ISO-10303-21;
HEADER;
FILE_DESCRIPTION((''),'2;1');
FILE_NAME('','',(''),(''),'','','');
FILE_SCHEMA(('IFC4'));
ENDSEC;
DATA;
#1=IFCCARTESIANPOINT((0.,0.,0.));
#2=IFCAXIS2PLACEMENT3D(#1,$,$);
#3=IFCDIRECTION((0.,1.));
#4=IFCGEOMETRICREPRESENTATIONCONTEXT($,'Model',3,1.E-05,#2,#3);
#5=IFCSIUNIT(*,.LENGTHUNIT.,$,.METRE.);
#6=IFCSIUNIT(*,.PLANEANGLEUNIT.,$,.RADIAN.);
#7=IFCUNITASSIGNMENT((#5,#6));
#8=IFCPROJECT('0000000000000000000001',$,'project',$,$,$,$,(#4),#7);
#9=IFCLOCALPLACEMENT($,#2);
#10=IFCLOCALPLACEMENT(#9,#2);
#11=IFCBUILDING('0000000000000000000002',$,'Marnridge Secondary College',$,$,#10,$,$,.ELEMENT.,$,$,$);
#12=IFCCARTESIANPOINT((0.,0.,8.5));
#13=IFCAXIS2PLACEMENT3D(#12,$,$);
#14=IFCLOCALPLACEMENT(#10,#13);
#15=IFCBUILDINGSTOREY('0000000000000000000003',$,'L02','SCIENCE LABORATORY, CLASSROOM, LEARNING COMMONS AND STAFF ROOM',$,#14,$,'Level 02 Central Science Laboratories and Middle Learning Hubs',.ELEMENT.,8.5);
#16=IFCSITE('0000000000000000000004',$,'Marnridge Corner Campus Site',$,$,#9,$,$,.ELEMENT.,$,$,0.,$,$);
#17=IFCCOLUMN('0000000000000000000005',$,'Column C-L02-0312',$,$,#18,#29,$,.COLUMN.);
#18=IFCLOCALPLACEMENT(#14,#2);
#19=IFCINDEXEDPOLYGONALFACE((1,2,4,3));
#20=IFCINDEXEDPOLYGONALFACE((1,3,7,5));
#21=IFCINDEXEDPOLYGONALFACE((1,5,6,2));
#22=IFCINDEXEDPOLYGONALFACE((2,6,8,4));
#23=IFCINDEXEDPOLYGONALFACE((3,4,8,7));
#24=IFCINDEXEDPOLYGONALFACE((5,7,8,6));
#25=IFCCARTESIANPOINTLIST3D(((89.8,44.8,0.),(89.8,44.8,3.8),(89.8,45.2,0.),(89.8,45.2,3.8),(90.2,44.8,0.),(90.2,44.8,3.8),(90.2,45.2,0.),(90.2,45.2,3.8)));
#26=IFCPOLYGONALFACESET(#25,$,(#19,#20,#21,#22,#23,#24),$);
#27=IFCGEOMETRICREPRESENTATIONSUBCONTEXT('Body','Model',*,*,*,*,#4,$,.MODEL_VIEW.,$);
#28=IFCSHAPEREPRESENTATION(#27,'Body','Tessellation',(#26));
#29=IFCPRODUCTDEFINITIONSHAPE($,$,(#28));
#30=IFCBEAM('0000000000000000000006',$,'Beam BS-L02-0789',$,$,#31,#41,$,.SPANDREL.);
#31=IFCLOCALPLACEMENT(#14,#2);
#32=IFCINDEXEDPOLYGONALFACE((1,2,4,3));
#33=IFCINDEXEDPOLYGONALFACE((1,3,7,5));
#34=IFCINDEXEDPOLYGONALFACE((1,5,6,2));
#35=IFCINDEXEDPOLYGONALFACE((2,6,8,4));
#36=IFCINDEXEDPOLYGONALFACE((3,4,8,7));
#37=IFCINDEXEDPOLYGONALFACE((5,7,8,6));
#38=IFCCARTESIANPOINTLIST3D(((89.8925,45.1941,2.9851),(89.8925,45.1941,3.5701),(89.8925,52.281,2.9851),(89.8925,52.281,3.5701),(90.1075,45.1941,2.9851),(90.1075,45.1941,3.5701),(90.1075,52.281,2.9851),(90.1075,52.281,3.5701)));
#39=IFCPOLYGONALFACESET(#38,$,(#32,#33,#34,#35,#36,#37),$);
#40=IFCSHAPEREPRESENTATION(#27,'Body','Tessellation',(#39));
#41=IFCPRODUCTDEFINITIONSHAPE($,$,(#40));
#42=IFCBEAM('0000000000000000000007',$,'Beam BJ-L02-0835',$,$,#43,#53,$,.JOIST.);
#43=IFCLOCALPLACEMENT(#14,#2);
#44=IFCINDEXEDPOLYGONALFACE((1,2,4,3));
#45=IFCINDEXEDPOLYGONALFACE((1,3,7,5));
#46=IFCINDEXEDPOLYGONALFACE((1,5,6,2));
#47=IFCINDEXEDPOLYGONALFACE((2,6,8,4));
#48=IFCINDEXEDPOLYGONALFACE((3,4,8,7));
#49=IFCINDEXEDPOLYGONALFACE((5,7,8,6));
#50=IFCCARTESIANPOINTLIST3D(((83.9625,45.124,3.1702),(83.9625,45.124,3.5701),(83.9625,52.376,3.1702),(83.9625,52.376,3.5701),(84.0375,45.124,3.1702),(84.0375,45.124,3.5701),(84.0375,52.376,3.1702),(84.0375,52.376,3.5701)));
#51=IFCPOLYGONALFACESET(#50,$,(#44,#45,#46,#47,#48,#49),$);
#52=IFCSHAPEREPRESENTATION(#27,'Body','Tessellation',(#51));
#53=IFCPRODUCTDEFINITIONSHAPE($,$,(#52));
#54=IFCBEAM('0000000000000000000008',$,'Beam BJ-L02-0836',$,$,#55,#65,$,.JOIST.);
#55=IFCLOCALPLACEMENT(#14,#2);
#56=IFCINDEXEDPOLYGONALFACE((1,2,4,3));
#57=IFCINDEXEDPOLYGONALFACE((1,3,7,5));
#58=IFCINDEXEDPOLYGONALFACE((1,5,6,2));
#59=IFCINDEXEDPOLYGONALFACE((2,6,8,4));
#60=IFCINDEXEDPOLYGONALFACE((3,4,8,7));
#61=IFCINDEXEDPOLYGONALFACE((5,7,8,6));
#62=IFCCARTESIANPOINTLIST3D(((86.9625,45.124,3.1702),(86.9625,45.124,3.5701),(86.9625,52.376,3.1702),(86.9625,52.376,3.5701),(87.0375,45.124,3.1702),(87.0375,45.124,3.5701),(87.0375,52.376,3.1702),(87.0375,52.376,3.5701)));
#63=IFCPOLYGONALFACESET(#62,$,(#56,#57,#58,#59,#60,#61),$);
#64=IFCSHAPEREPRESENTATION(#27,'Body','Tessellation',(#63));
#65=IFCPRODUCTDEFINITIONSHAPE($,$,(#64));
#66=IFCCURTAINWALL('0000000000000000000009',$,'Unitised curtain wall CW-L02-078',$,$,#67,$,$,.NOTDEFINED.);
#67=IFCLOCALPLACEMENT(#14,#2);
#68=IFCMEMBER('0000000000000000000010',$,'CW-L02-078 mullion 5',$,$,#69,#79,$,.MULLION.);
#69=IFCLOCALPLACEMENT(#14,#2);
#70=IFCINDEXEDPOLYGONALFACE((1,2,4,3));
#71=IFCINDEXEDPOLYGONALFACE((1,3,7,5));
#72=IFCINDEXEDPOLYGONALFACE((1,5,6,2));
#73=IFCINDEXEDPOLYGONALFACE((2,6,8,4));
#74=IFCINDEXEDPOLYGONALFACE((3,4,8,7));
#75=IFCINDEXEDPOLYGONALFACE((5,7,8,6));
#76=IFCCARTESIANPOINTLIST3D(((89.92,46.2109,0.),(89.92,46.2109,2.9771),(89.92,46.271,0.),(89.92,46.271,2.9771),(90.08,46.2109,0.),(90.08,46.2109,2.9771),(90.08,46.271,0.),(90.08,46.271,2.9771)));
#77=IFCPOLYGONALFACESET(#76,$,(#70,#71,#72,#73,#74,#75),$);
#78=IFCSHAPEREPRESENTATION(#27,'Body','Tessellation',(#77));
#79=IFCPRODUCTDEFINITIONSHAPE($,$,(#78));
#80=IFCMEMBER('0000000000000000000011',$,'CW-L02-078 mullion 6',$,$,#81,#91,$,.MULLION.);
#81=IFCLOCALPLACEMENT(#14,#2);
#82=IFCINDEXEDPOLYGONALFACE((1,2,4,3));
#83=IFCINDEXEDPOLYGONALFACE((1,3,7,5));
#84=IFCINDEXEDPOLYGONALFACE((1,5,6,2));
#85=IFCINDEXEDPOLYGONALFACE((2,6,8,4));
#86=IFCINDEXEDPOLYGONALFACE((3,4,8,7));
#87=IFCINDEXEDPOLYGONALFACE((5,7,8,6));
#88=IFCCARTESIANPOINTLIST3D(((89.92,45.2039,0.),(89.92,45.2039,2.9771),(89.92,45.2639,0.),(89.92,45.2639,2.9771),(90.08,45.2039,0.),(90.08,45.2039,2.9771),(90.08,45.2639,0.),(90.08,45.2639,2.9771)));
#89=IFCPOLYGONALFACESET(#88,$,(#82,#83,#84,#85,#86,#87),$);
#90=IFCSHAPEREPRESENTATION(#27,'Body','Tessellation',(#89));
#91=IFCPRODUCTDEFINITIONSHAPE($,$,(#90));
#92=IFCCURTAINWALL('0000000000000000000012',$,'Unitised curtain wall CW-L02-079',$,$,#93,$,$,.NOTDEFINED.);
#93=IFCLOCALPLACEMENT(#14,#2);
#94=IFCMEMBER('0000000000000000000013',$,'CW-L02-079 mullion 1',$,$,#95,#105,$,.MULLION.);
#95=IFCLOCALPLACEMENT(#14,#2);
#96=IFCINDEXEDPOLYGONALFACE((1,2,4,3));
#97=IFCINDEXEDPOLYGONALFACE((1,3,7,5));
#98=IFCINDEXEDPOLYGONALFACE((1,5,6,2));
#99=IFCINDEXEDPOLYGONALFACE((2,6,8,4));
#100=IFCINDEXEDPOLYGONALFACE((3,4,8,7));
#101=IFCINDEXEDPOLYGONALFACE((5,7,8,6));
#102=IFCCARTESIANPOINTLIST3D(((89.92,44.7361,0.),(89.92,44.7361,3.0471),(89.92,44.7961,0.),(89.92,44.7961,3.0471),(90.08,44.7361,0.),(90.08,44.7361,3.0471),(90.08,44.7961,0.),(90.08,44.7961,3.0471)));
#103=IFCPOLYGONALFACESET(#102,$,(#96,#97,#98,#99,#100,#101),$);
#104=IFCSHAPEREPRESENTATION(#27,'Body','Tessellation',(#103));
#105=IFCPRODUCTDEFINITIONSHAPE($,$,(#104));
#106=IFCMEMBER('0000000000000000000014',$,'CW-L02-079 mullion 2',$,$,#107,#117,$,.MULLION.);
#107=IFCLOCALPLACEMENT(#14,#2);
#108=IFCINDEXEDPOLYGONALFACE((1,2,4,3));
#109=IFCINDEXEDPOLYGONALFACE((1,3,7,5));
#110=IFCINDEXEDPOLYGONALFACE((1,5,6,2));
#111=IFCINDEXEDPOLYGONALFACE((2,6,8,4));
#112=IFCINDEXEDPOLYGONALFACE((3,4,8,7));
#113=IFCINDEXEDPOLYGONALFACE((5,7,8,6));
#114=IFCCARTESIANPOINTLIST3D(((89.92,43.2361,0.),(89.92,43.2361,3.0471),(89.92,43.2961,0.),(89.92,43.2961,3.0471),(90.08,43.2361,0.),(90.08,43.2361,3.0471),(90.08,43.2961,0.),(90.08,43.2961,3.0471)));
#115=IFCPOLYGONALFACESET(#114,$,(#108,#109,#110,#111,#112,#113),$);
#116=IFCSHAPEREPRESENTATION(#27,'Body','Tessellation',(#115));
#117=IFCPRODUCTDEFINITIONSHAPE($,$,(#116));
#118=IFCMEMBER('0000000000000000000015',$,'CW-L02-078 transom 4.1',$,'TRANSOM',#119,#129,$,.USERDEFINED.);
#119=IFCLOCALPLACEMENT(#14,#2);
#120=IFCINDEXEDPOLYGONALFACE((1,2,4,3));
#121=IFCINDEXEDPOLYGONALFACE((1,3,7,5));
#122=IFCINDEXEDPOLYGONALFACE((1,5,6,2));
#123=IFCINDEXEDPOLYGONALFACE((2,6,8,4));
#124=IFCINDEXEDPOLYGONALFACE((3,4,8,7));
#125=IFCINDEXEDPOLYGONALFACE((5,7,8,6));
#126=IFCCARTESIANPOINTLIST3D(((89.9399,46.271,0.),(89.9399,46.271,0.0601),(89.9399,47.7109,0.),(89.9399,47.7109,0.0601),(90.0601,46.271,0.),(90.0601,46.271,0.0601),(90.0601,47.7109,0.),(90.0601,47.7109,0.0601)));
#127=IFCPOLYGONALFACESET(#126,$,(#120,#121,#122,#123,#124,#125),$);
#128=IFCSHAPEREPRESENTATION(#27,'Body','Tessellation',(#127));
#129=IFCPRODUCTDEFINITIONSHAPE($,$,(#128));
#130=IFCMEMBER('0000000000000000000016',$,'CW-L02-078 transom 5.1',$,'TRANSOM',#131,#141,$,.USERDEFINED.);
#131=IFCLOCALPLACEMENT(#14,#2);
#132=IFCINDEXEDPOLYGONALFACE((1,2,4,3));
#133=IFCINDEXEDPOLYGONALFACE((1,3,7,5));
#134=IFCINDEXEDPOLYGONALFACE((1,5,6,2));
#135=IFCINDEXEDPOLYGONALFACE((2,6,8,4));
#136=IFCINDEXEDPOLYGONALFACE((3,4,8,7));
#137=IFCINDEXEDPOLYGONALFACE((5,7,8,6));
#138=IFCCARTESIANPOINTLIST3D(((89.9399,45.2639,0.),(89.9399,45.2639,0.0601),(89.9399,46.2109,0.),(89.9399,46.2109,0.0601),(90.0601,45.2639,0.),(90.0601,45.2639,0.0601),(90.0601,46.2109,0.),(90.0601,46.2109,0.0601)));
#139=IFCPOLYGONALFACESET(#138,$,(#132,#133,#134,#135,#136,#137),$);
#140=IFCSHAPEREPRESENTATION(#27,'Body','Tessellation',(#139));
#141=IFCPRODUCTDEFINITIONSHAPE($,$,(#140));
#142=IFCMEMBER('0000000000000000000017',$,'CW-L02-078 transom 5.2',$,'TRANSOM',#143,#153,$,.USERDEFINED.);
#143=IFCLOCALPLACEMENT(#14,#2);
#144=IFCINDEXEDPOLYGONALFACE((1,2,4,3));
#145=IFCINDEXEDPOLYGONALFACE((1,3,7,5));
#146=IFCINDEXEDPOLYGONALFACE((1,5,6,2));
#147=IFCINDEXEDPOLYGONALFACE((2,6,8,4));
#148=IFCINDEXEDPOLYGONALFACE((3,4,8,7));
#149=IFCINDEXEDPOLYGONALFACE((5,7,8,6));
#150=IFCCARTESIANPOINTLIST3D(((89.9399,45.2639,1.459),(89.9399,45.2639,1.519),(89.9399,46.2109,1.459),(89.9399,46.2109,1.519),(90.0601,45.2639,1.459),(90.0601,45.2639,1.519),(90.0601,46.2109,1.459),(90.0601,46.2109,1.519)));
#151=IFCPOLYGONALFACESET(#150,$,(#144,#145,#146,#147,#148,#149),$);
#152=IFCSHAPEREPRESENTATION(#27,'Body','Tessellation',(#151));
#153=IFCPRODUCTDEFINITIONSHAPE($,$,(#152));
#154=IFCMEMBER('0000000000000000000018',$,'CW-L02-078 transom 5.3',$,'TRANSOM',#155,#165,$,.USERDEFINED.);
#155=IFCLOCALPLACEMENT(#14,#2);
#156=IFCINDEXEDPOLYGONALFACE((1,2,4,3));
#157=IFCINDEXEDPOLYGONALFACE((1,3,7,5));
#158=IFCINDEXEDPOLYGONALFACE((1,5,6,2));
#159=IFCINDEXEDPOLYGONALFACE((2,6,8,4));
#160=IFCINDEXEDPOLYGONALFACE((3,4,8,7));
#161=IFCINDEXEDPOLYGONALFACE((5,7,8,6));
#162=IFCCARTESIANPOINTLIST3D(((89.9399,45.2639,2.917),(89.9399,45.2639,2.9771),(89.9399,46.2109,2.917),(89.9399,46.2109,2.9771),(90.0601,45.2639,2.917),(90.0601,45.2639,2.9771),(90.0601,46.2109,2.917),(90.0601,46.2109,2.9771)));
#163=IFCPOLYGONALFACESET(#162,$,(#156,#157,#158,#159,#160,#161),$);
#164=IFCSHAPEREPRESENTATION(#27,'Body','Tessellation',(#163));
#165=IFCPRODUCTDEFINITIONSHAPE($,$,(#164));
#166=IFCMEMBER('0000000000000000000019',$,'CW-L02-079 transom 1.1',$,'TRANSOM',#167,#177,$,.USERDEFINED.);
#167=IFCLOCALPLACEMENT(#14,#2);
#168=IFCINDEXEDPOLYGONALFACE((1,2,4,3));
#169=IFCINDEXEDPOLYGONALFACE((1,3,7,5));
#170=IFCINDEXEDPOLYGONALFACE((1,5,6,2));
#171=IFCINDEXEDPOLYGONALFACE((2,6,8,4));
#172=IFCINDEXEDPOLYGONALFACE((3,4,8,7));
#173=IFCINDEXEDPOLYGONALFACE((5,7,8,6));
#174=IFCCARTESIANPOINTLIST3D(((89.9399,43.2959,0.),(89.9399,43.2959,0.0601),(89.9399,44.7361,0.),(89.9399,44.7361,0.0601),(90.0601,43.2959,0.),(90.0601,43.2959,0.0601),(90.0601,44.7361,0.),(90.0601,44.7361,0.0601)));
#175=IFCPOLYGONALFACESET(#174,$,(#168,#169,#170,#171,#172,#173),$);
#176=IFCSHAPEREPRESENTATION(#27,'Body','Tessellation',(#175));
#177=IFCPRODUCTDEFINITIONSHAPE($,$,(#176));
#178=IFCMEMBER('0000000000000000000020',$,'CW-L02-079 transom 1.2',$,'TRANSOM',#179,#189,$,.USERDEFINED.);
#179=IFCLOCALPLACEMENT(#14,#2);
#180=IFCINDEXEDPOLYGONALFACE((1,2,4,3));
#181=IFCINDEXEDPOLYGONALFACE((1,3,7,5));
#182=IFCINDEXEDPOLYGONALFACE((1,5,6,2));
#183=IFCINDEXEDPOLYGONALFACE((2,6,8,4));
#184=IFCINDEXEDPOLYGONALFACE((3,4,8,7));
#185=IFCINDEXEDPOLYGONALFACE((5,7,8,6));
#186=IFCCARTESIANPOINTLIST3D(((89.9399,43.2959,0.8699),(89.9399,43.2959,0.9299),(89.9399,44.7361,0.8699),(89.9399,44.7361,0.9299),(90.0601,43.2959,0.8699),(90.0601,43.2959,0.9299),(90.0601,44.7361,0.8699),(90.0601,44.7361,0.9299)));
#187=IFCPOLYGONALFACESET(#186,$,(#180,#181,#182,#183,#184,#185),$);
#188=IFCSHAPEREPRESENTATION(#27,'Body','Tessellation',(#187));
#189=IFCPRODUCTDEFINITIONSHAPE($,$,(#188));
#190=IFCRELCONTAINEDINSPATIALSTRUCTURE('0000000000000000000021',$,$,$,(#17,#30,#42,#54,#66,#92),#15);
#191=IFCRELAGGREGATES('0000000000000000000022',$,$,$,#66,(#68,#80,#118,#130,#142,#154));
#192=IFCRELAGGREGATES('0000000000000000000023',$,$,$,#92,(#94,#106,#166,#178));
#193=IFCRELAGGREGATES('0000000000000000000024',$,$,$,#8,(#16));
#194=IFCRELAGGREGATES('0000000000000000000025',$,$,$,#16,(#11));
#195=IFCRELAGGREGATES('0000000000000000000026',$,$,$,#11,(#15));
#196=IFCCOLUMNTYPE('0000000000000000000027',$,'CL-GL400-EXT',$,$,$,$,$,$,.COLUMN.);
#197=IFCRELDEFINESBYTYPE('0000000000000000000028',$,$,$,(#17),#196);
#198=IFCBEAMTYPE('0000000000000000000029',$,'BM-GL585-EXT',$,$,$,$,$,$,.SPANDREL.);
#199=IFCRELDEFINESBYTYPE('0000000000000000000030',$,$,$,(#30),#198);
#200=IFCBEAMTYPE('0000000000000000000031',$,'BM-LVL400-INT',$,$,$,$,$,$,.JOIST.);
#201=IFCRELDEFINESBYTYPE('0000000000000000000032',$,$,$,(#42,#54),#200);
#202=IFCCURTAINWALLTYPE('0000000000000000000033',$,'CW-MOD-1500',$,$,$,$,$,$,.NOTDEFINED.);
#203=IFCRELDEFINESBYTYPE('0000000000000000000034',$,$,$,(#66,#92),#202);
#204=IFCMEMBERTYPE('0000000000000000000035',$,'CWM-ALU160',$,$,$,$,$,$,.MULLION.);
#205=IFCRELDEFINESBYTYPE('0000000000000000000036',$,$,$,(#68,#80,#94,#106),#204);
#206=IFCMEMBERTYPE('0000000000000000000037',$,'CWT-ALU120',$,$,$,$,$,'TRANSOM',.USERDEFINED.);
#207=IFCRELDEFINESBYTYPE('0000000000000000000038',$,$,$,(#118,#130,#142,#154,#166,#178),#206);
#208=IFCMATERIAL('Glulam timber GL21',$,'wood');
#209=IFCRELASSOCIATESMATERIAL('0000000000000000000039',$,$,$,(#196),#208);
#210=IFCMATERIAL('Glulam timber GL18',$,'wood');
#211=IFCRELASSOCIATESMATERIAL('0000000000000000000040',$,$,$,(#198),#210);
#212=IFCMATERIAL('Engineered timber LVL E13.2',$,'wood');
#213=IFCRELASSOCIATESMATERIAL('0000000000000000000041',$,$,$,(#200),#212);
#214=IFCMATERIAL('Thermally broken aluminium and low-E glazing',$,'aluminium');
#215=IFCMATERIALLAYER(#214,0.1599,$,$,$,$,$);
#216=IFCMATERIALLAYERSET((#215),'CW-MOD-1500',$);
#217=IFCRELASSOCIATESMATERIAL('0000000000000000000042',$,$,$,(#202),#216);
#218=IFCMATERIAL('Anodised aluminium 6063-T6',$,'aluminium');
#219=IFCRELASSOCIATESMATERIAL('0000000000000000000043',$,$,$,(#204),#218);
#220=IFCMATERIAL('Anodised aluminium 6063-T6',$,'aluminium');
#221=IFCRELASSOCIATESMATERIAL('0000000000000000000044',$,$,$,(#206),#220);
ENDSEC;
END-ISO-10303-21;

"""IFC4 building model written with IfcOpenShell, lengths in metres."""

from ifc_helpers import new_model, si_unit, direction, frame, origin, origin_2d, place, context, subcontext, project, spatial, rectangle, extrude, material, layer, layer_set, material_profile, profile_set, type_object, element, aggregate, save


model = new_model("IFC4")

# Units and contexts
model_context = context("Model", 3, precision=1e-05, world=origin(), true_north=direction((0.0, 1.0)))
body_context = subcontext(model_context, "Body", "Model", "MODEL_VIEW")
ifc_project = project(units=[si_unit("LENGTHUNIT", "METRE"), si_unit("PLANEANGLEUNIT", "RADIAN")], contexts=[model_context])

# Site, building, storey
site_placement = place(None, origin())
site = spatial("IfcSite", under=ifc_project, at=site_placement, Name="Marnridge Corner Campus Site", CompositionType="ELEMENT", RefElevation=0.0)
building_placement = place(site_placement, origin())
building = spatial("IfcBuilding", under=site, at=building_placement, Name="Marnridge Secondary College", CompositionType="ELEMENT")
storey_placement = place(building_placement, frame((0.0, 0.0, 8.5)))
storey = spatial("IfcBuildingStorey", under=building, at=storey_placement, Name="L02", Description="SCIENCE LABORATORY, CLASSROOM, LEARNING COMMONS AND STAFF ROOM", LongName="Level 02 Central Science Laboratories and Middle Learning Hubs", CompositionType="ELEMENT", Elevation=8.5)

# Column
ifc_material_1 = material(Name="Glulam timber GL21", Category="wood")
ifc_material_profile_1 = material_profile(ifc_material_1, rectangle(XDim=0.3999, YDim=0.3999, at=origin_2d()), Name="GL21 400x400")
ifc_profile_set_1 = profile_set([ifc_material_profile_1], Name="Glulam timber GL21")
column_type = type_object("IfcColumnType", Name="CL-GL400-EXT", PredefinedType="COLUMN", material=ifc_profile_set_1)
column_placement = place(storey_placement, frame((90.0, 45.0, 0.0), z_axis=(0.0, 0.0, 1.0), x_axis=(1.0, 0.0, 0.0)))
element("IfcColumn", 1, at=column_placement, inside=storey, type_object=column_type, Name="Column C-L02-0312", PredefinedType="COLUMN", context=body_context, shape_type="SweptSolid", body=[
    extrude(rectangle(XDim=0.3999, YDim=0.3999, at=origin_2d()), origin(), (0.0, 0.0, 1.0), 3.8),
])

# Beams
ifc_material_2 = material(Name="Glulam timber GL18", Category="wood")
ifc_material_profile_2 = material_profile(ifc_material_2, rectangle(XDim=0.2151, YDim=0.585, at=origin_2d()), Name="GL18 215x585")
ifc_profile_set_2 = profile_set([ifc_material_profile_2], Name="Glulam timber GL18")
beam_type_1 = type_object("IfcBeamType", Name="BM-GL585-EXT", PredefinedType="SPANDREL", material=ifc_profile_set_2)
beam_placement = place(storey_placement, frame((90.0, 45.1941, 3.2776), z_axis=(0.0, 1.0, 0.0), x_axis=(-1.0, 0.0, 0.0)))
element("IfcBeam", 2, at=beam_placement, inside=storey, type_object=beam_type_1, Name="Beam BS-L02-0789", PredefinedType="SPANDREL", context=body_context, shape_type="SweptSolid", body=[
    extrude(rectangle(XDim=0.2151, YDim=0.585, at=origin_2d()), origin(), (0.0, 0.0, 1.0), 7.0869),
])
ifc_material_3 = material(Name="Engineered timber LVL E13.2", Category="wood")
ifc_material_profile_3 = material_profile(ifc_material_3, rectangle(XDim=0.075, YDim=0.3999, at=origin_2d()), Name="LVL 75x400")
ifc_profile_set_3 = profile_set([ifc_material_profile_3], Name="Engineered timber LVL E13.2")
beam_type_2 = type_object("IfcBeamType", Name="BM-LVL400-INT", PredefinedType="JOIST", material=ifc_profile_set_3)
for number, where, z_axis, x_axis, name in (
    (3, (84.0, 45.124, 3.3701), (0.0, 1.0, 0.0), (-1.0, 0.0, 0.0), "Beam BJ-L02-0835"),
    (4, (87.0, 45.124, 3.3701), (0.0, 1.0, 0.0), (-1.0, 0.0, 0.0), "Beam BJ-L02-0836"),
):
    element("IfcBeam", number, at=place(storey_placement, frame(where, z_axis=z_axis, x_axis=x_axis)), inside=storey, type_object=beam_type_2, Name=name, PredefinedType="JOIST", context=body_context, shape_type="SweptSolid", body=[
        extrude(rectangle(XDim=0.075, YDim=0.3999, at=origin_2d()), origin(), (0.0, 0.0, 1.0), 7.252),
    ])

# Curtain walls, members
ifc_material_4 = material(Name="Thermally broken aluminium and low-E glazing", Category="aluminium")
ifc_layer_1 = layer(ifc_material_4, 0.1599)
ifc_layer_set_1 = layer_set([ifc_layer_1], Name="CW-MOD-1500")
curtain_wall_type = type_object("IfcCurtainWallType", Name="CW-MOD-1500", PredefinedType="NOTDEFINED", material=ifc_layer_set_1)
curtain_wall_1_placement = place(storey_placement, origin())
curtain_wall_1 = element("IfcCurtainWall", 5, at=curtain_wall_1_placement, inside=storey, type_object=curtain_wall_type, Name="Unitised curtain wall CW-L02-078", PredefinedType="NOTDEFINED")
ifc_material_5 = material(Name="Anodised aluminium 6063-T6", Category="aluminium")
ifc_material_profile_4 = material_profile(ifc_material_5, rectangle(XDim=0.0601, YDim=0.1599, at=origin_2d()), Name="ALU 60x160")
ifc_profile_set_4 = profile_set([ifc_material_profile_4], Name="Anodised aluminium 6063-T6")
member_type_1 = type_object("IfcMemberType", Name="CWM-ALU160", PredefinedType="MULLION", material=ifc_profile_set_4)
member_1_placement = place(storey_placement, frame((90.0, 46.241, 0.0), z_axis=(0.0, 0.0, 1.0), x_axis=(0.0, -1.0, 0.0)))
member_1 = element("IfcMember", 6, at=member_1_placement, type_object=member_type_1, Name="CW-L02-078 mullion 5", PredefinedType="MULLION", context=body_context, shape_type="SweptSolid", body=[
    extrude(rectangle(XDim=0.0601, YDim=0.1599, at=origin_2d()), origin(), (0.0, 0.0, 1.0), 2.9771),
])
member_2_placement = place(storey_placement, frame((90.0, 45.2339, 0.0), z_axis=(0.0, 0.0, 1.0), x_axis=(0.0, -1.0, 0.0)))
member_2 = element("IfcMember", 7, at=member_2_placement, type_object=member_type_1, Name="CW-L02-078 mullion 6", PredefinedType="MULLION", context=body_context, shape_type="SweptSolid", body=[
    extrude(rectangle(XDim=0.0601, YDim=0.1599, at=origin_2d()), origin(), (0.0, 0.0, 1.0), 2.9771),
])
curtain_wall_2_placement = place(storey_placement, origin())
curtain_wall_2 = element("IfcCurtainWall", 8, at=curtain_wall_2_placement, inside=storey, type_object=curtain_wall_type, Name="Unitised curtain wall CW-L02-079", PredefinedType="NOTDEFINED")
member_3_placement = place(storey_placement, frame((90.0, 44.7661, 0.0), z_axis=(0.0, 0.0, 1.0), x_axis=(0.0, -1.0, 0.0)))
member_3 = element("IfcMember", 9, at=member_3_placement, type_object=member_type_1, Name="CW-L02-079 mullion 1", PredefinedType="MULLION", context=body_context, shape_type="SweptSolid", body=[
    extrude(rectangle(XDim=0.0601, YDim=0.1599, at=origin_2d()), origin(), (0.0, 0.0, 1.0), 3.0471),
])
member_4_placement = place(storey_placement, frame((90.0, 43.2661, 0.0), z_axis=(0.0, 0.0, 1.0), x_axis=(0.0, -1.0, 0.0)))
member_4 = element("IfcMember", 10, at=member_4_placement, type_object=member_type_1, Name="CW-L02-079 mullion 2", PredefinedType="MULLION", context=body_context, shape_type="SweptSolid", body=[
    extrude(rectangle(XDim=0.0601, YDim=0.1599, at=origin_2d()), origin(), (0.0, 0.0, 1.0), 3.0471),
])

# Members
ifc_material_6 = material(Name="Anodised aluminium 6063-T6", Category="aluminium")
ifc_material_profile_5 = material_profile(ifc_material_6, rectangle(XDim=0.0601, YDim=0.1201, at=origin_2d()), Name="ALU 60x120")
ifc_profile_set_5 = profile_set([ifc_material_profile_5], Name="Anodised aluminium 6063-T6")
member_type_2 = type_object("IfcMemberType", Name="CWT-ALU120", ElementType="TRANSOM", PredefinedType="USERDEFINED", material=ifc_profile_set_5)
member_5_placement = place(storey_placement, frame((90.0, 47.7109, 0.03), z_axis=(0.0, -1.0, 0.0), x_axis=(0.0, 0.0, 1.0)))
member_5 = element("IfcMember", 11, at=member_5_placement, type_object=member_type_2, Name="CW-L02-078 transom 4.1", ObjectType="TRANSOM", PredefinedType="USERDEFINED", context=body_context, shape_type="SweptSolid", body=[
    extrude(rectangle(XDim=0.0601, YDim=0.1201, at=origin_2d()), origin(), (0.0, 0.0, 1.0), 1.4399),
])
member_6_placement = place(storey_placement, frame((90.0, 46.2109, 0.03), z_axis=(0.0, -1.0, 0.0), x_axis=(0.0, 0.0, 1.0)))
member_6 = element("IfcMember", 12, at=member_6_placement, type_object=member_type_2, Name="CW-L02-078 transom 5.1", ObjectType="TRANSOM", PredefinedType="USERDEFINED", context=body_context, shape_type="SweptSolid", body=[
    extrude(rectangle(XDim=0.0601, YDim=0.1201, at=origin_2d()), origin(), (0.0, 0.0, 1.0), 0.947),
])
member_7_placement = place(storey_placement, frame((90.0, 46.2109, 1.489), z_axis=(0.0, -1.0, 0.0), x_axis=(0.0, 0.0, 1.0)))
member_7 = element("IfcMember", 13, at=member_7_placement, type_object=member_type_2, Name="CW-L02-078 transom 5.2", ObjectType="TRANSOM", PredefinedType="USERDEFINED", context=body_context, shape_type="SweptSolid", body=[
    extrude(rectangle(XDim=0.0601, YDim=0.1201, at=origin_2d()), origin(), (0.0, 0.0, 1.0), 0.947),
])
member_8_placement = place(storey_placement, frame((90.0, 46.2109, 2.947), z_axis=(0.0, -1.0, 0.0), x_axis=(0.0, 0.0, 1.0)))
member_8 = element("IfcMember", 14, at=member_8_placement, type_object=member_type_2, Name="CW-L02-078 transom 5.3", ObjectType="TRANSOM", PredefinedType="USERDEFINED", context=body_context, shape_type="SweptSolid", body=[
    extrude(rectangle(XDim=0.0601, YDim=0.1201, at=origin_2d()), origin(), (0.0, 0.0, 1.0), 0.947),
])
member_9_placement = place(storey_placement, frame((90.0, 44.7361, 0.03), z_axis=(0.0, -1.0, 0.0), x_axis=(0.0, 0.0, 1.0)))
member_9 = element("IfcMember", 15, at=member_9_placement, type_object=member_type_2, Name="CW-L02-079 transom 1.1", ObjectType="TRANSOM", PredefinedType="USERDEFINED", context=body_context, shape_type="SweptSolid", body=[
    extrude(rectangle(XDim=0.0601, YDim=0.1201, at=origin_2d()), origin(), (0.0, 0.0, 1.0), 1.4402),
])
member_10_placement = place(storey_placement, frame((90.0, 44.7361, 0.8999), z_axis=(0.0, -1.0, 0.0), x_axis=(0.0, 0.0, 1.0)))
member_10 = element("IfcMember", 16, at=member_10_placement, type_object=member_type_2, Name="CW-L02-079 transom 1.2", ObjectType="TRANSOM", PredefinedType="USERDEFINED", context=body_context, shape_type="SweptSolid", body=[
    extrude(rectangle(XDim=0.0601, YDim=0.1201, at=origin_2d()), origin(), (0.0, 0.0, 1.0), 1.4402),
])

aggregate(curtain_wall_1, [member_1, member_2, member_5, member_6, member_7, member_8])
aggregate(curtain_wall_2, [member_3, member_4, member_9, member_10])

save(model, "model.ifc")
